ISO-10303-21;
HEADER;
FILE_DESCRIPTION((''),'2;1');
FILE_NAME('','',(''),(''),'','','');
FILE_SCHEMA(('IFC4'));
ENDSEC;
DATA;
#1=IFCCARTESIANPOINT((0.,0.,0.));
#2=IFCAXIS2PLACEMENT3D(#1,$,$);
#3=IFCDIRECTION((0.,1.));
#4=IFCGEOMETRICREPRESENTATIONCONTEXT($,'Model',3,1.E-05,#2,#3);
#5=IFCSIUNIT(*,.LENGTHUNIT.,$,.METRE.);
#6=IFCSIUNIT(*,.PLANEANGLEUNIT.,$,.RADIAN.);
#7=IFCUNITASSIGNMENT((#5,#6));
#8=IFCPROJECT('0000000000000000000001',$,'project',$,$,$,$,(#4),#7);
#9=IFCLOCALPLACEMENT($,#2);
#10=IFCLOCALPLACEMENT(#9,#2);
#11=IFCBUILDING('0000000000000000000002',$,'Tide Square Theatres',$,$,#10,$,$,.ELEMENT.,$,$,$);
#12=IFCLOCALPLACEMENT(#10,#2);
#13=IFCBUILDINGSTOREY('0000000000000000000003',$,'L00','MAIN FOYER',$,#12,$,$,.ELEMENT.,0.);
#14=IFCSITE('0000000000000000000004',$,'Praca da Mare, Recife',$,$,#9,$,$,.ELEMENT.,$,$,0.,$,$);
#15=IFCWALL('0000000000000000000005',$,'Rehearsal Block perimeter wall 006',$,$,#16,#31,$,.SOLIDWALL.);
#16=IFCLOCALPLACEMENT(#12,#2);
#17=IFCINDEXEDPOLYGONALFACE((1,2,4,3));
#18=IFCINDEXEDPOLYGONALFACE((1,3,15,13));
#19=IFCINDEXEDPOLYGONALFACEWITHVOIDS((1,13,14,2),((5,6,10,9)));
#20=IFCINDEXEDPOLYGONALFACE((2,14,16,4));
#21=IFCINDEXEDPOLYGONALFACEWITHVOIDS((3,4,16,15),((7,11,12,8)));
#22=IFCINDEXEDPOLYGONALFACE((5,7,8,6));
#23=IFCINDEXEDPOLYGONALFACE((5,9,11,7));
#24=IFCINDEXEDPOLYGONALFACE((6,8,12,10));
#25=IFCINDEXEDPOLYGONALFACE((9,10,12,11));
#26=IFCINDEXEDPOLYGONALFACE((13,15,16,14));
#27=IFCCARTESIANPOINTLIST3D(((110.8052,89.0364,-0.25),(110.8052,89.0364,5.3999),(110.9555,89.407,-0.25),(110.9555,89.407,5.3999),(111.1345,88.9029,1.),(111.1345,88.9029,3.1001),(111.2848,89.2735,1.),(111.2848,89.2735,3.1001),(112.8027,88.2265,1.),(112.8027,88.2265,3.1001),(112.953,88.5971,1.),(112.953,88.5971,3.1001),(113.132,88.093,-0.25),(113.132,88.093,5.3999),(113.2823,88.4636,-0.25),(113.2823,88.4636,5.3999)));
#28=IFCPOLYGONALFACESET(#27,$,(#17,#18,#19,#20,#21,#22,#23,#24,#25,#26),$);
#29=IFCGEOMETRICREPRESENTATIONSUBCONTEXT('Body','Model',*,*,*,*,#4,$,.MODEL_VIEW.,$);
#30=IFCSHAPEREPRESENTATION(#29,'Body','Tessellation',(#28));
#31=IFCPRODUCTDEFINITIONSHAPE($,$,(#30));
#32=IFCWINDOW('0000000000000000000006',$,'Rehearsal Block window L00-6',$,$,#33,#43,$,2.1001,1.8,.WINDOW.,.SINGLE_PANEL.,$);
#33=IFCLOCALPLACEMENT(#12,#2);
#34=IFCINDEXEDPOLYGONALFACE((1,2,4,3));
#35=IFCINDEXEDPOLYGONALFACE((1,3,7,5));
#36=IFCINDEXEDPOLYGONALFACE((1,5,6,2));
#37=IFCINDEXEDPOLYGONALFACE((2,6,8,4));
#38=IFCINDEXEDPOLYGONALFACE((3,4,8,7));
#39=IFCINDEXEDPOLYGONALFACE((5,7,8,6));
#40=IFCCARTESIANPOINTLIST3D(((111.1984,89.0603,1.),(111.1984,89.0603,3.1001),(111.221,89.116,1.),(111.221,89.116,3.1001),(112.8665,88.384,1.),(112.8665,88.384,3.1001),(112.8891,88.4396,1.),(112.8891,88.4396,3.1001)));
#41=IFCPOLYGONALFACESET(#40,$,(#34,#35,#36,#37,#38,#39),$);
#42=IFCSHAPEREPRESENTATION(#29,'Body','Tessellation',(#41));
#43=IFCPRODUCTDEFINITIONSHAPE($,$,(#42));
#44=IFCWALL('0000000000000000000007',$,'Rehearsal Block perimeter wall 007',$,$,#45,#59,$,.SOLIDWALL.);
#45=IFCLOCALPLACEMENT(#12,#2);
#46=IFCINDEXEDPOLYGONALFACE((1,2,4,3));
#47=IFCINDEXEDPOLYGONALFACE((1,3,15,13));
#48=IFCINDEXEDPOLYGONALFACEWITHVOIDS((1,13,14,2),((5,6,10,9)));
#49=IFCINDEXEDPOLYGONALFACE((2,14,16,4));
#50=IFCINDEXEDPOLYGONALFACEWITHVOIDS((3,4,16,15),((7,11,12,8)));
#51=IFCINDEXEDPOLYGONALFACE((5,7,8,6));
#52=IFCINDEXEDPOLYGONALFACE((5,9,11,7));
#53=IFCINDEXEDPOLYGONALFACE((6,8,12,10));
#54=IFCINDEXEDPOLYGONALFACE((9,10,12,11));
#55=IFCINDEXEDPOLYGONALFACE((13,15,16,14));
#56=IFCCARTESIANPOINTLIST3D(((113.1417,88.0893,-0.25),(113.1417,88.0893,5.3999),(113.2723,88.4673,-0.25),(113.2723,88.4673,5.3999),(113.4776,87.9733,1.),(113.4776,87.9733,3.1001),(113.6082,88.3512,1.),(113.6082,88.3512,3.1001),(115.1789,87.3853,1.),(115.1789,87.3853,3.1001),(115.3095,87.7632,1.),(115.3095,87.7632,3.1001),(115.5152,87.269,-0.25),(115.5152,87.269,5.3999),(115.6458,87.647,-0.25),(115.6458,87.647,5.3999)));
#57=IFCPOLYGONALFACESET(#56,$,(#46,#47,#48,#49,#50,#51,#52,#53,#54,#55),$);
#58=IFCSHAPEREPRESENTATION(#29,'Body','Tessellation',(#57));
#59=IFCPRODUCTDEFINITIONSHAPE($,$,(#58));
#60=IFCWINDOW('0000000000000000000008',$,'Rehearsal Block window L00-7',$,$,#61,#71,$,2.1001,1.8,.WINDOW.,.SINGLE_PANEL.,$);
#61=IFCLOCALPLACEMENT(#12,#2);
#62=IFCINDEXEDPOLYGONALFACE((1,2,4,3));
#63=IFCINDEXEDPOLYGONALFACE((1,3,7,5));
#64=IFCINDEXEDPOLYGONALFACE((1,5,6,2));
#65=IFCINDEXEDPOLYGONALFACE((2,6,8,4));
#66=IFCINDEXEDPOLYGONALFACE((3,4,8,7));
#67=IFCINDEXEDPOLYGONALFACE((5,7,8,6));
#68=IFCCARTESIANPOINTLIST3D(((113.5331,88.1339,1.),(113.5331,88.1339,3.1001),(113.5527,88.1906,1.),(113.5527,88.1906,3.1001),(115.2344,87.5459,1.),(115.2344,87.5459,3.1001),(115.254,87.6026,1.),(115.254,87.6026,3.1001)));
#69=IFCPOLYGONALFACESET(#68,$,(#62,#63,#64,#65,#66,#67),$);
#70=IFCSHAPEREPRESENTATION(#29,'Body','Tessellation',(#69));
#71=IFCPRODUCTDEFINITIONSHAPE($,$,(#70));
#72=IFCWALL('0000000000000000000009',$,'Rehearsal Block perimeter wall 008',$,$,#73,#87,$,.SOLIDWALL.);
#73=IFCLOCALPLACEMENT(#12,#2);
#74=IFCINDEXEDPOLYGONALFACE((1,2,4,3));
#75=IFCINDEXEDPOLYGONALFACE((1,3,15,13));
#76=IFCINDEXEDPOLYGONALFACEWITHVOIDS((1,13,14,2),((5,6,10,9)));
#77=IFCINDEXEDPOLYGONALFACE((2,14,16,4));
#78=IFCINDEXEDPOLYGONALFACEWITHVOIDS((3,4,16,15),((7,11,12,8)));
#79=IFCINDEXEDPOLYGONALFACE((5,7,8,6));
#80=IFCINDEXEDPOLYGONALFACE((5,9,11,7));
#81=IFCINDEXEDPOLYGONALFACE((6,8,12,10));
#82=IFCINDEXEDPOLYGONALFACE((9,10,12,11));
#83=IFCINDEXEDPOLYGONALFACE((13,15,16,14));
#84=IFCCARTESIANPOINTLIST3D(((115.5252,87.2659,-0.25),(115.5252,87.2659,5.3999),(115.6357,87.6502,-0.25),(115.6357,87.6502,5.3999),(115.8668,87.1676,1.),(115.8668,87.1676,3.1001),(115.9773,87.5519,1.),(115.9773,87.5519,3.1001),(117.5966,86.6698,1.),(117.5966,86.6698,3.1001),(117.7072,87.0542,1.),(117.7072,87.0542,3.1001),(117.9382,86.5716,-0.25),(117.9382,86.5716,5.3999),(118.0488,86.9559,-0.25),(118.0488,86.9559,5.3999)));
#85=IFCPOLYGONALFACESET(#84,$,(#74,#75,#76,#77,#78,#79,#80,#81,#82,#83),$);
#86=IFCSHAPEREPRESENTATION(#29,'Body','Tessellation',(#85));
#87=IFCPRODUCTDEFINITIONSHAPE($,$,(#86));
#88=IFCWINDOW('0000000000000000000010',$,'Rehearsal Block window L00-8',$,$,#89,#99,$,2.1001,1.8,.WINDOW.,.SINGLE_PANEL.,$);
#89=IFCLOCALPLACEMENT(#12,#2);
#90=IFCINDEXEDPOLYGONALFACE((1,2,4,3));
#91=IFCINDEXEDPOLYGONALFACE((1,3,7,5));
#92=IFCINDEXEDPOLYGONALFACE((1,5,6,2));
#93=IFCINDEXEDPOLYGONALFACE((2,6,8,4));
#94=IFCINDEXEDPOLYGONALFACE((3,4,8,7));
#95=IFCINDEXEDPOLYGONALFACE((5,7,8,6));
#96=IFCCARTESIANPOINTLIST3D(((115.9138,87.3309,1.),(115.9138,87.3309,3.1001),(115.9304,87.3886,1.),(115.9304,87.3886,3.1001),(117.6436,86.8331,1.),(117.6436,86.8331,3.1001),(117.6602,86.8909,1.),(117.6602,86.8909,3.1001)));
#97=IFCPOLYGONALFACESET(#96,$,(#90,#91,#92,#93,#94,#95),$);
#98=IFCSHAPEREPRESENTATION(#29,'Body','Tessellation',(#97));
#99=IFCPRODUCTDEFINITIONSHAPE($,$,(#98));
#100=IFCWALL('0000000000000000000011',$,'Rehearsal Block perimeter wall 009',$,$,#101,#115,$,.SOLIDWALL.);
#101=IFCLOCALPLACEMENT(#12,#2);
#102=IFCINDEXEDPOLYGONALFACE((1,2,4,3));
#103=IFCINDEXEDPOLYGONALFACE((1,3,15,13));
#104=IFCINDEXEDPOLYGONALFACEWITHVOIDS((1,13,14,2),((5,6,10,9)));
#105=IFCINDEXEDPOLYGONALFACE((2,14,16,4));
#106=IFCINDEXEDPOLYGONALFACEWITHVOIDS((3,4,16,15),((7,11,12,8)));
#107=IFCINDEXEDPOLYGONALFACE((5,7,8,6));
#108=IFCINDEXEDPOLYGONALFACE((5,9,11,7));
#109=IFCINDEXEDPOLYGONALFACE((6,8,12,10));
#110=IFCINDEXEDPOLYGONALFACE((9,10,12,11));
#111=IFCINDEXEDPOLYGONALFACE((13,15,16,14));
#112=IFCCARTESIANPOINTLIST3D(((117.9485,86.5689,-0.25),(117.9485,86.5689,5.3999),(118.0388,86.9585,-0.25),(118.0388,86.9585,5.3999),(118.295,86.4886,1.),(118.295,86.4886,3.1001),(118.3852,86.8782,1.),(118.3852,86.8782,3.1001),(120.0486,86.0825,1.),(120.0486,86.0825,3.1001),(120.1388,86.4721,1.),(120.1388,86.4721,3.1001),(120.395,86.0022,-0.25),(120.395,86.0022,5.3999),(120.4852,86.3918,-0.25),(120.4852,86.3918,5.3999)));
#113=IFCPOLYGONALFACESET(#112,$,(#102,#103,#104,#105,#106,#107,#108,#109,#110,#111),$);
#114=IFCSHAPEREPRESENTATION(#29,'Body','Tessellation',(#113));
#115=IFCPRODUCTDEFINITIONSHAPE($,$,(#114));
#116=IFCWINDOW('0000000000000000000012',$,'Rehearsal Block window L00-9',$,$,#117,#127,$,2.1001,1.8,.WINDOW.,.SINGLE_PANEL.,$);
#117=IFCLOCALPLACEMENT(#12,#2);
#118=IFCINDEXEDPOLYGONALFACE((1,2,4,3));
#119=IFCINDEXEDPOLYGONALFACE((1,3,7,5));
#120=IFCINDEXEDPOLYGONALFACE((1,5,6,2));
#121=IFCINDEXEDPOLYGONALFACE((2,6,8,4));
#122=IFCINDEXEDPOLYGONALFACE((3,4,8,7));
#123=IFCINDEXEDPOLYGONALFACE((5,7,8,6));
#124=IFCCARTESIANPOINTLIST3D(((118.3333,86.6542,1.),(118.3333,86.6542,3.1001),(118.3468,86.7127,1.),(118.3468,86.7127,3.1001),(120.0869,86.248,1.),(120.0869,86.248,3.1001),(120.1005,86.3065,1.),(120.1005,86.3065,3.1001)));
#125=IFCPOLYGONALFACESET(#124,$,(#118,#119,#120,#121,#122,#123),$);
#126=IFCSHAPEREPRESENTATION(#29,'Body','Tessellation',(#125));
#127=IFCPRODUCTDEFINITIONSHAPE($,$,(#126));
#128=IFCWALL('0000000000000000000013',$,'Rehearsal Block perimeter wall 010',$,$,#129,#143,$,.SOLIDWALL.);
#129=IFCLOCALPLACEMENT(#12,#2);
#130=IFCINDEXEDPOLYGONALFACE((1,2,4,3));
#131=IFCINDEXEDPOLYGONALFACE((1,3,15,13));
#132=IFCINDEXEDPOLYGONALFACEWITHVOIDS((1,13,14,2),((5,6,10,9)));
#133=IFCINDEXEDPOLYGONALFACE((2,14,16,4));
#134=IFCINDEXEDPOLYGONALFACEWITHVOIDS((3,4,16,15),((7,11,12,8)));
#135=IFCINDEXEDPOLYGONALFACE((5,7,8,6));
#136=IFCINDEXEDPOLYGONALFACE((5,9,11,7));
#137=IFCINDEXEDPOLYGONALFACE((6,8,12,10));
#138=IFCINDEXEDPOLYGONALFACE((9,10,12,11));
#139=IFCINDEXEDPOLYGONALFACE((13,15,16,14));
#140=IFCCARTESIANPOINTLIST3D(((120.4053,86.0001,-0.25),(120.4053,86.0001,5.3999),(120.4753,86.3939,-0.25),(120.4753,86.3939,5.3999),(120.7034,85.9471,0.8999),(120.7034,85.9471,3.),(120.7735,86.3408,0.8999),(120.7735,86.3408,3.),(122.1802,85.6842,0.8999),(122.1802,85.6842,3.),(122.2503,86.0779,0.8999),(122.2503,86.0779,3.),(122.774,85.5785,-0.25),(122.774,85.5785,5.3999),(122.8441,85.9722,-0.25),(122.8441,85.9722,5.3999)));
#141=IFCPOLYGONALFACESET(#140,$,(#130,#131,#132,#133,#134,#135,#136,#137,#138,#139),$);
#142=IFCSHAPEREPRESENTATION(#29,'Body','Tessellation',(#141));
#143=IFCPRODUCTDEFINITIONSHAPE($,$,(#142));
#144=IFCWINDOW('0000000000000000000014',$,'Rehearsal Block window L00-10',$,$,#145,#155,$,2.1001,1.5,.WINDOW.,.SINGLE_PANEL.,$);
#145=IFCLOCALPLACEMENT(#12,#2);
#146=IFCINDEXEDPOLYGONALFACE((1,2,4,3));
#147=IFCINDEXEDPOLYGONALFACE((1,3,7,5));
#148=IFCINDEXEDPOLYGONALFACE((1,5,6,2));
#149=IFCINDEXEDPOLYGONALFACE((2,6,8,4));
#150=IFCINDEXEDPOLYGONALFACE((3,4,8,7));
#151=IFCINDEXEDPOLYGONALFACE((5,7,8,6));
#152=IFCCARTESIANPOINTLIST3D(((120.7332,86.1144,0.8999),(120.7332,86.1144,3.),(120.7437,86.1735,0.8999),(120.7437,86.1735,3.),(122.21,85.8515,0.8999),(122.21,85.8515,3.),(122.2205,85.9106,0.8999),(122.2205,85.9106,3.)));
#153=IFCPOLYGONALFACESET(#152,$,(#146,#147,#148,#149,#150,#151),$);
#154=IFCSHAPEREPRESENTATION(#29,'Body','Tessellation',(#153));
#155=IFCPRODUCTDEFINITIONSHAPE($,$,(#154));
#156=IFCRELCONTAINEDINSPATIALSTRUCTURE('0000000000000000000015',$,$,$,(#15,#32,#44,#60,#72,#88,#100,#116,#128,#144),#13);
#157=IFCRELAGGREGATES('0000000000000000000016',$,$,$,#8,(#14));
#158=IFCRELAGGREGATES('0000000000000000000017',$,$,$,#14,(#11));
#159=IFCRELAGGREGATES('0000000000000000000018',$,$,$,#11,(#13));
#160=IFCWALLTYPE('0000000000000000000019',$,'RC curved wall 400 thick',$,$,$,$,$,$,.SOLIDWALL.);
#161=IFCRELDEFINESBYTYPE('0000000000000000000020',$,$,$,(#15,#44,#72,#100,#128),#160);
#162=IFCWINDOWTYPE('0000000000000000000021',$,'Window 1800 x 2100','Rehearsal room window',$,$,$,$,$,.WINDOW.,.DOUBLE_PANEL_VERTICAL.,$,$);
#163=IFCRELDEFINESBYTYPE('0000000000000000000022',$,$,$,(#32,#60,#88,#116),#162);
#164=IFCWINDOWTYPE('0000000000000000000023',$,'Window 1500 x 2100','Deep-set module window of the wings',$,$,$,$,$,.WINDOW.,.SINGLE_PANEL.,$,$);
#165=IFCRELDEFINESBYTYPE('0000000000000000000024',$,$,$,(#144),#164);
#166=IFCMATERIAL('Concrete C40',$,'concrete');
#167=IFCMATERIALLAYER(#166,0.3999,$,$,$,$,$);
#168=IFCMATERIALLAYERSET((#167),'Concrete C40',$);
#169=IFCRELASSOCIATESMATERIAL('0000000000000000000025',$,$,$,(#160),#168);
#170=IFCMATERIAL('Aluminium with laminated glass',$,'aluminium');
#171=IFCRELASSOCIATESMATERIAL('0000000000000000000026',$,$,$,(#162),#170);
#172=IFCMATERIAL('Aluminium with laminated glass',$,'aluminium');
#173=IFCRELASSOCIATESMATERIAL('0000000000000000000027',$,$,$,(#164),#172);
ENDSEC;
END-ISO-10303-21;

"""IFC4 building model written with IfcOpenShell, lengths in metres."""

from ifc_helpers import new_model, si_unit, direction, frame, frame_2d, origin, place, context, subcontext, project, spatial, rectangle, extrude, material, layer, layer_set, type_object, element, fill, save


model = new_model("IFC4")

# Units and contexts
model_context = context("Model", 3, precision=1e-05, world=origin(), true_north=direction((0.0, 1.0)))
body_context = subcontext(model_context, "Body", "Model", "MODEL_VIEW")
ifc_project = project(units=[si_unit("LENGTHUNIT", "METRE"), si_unit("PLANEANGLEUNIT", "RADIAN")], contexts=[model_context])

# Site, building, storey
site_placement = place(None, origin())
site = spatial("IfcSite", under=ifc_project, at=site_placement, Name="Praca da Mare, Recife", CompositionType="ELEMENT", RefElevation=0.0)
building_placement = place(site_placement, origin())
building = spatial("IfcBuilding", under=site, at=building_placement, Name="Tide Square Theatres", CompositionType="ELEMENT")
storey_placement = place(building_placement, origin())
storey = spatial("IfcBuildingStorey", under=building, at=storey_placement, Name="L00", Description="MAIN FOYER", CompositionType="ELEMENT", Elevation=0.0)

# Shared definitions
ifc_material_1 = material(Name="Concrete C40", Category="concrete")
ifc_layer_1 = layer(ifc_material_1, 0.3999)
ifc_layer_set_1 = layer_set([ifc_layer_1], Name="Concrete C40")
wall_type_1 = type_object("IfcWallType", Name="RC curved wall 400 thick", PredefinedType="SOLIDWALL", material=ifc_layer_set_1)

# Walls, openings, windows
wall_1_placement = place(storey_placement, frame((110.8804, 89.2217, -0.25), z_axis=(0.0, 0.0, 1.0), x_axis=(0.926723, -0.375746, 0.0)))
wall_1 = element("IfcWall", 1, at=wall_1_placement, inside=storey, type_object=wall_type_1, Name="Rehearsal Block perimeter wall 006", PredefinedType="SOLIDWALL", context=body_context, shape_type="SweptSolid", body=[
    extrude(rectangle(XDim=2.5107, YDim=0.3999, at=frame_2d((1.2554, 0.0))), origin(), (0.0, 0.0, 1.0), 5.6499),
])
opening_1_placement = place(wall_1_placement, frame((0.3555, 0.0, 1.25)))
opening_1 = element("IfcOpeningElement", 2, at=opening_1_placement, cuts=wall_1, PredefinedType="OPENING", context=body_context, shape_type="SweptSolid", body=[
    extrude(rectangle(XDim=1.8, YDim=2.1001, at=frame_2d((0.8999, 1.05))), frame((0.0, 0.21, 0.0), z_axis=(0.0, -1.0, 0.0), x_axis=(1.0, 0.0, 0.0)), (0.0, 0.0, 1.0), 0.4199),
])
ifc_material_2 = material(Name="Aluminium with laminated glass", Category="aluminium")
window_type_1 = type_object("IfcWindowType", Name="Window 1800 x 2100", Description="Rehearsal room window", PartitioningType="DOUBLE_PANEL_VERTICAL", PredefinedType="WINDOW", material=ifc_material_2)
window_1_placement = place(opening_1_placement, origin())
window_1 = element("IfcWindow", 3, at=window_1_placement, inside=storey, type_object=window_type_1, Name="Rehearsal Block window L00-6", OverallHeight=2.1001, OverallWidth=1.8, PartitioningType="SINGLE_PANEL", PredefinedType="WINDOW", context=body_context, shape_type="SweptSolid", body=[
    extrude(rectangle(XDim=1.8, YDim=2.1001, at=frame_2d((0.8999, 1.05))), frame((0.0, 0.03, 0.0), z_axis=(0.0, -1.0, 0.0), x_axis=(1.0, 0.0, 0.0)), (0.0, 0.0, 1.0), 0.0601),
])
fill(opening_1, window_1)
wall_2_placement = place(storey_placement, frame((113.207, 88.2783, -0.25), z_axis=(0.0, 0.0, 1.0), x_axis=(0.945145, -0.32665, 0.0)))
wall_2 = element("IfcWall", 4, at=wall_2_placement, inside=storey, type_object=wall_type_1, Name="Rehearsal Block perimeter wall 007", PredefinedType="SOLIDWALL", context=body_context, shape_type="SweptSolid", body=[
    extrude(rectangle(XDim=2.5112, YDim=0.3999, at=frame_2d((1.2556, 0.0))), origin(), (0.0, 0.0, 1.0), 5.6499),
])
opening_2_placement = place(wall_2_placement, frame((0.3555, 0.0, 1.25)))
opening_2 = element("IfcOpeningElement", 5, at=opening_2_placement, cuts=wall_2, PredefinedType="OPENING", context=body_context, shape_type="SweptSolid", body=[
    extrude(rectangle(XDim=1.8, YDim=2.1001, at=frame_2d((0.8999, 1.05))), frame((0.0, 0.21, 0.0), z_axis=(0.0, -1.0, 0.0), x_axis=(1.0, 0.0, 0.0)), (0.0, 0.0, 1.0), 0.4199),
])
window_2_placement = place(opening_2_placement, origin())
window_2 = element("IfcWindow", 6, at=window_2_placement, inside=storey, type_object=window_type_1, Name="Rehearsal Block window L00-7", OverallHeight=2.1001, OverallWidth=1.8, PartitioningType="SINGLE_PANEL", PredefinedType="WINDOW", context=body_context, shape_type="SweptSolid", body=[
    extrude(rectangle(XDim=1.8, YDim=2.1001, at=frame_2d((0.8999, 1.05))), frame((0.0, 0.03, 0.0), z_axis=(0.0, -1.0, 0.0), x_axis=(1.0, 0.0, 0.0)), (0.0, 0.0, 1.0), 0.0601),
])
fill(opening_2, window_2)
wall_3_placement = place(storey_placement, frame((115.5806, 87.458, -0.25), z_axis=(0.0, 0.0, 1.0), x_axis=(0.961009, -0.276518, 0.0)))
wall_3 = element("IfcWall", 7, at=wall_3_placement, inside=storey, type_object=wall_type_1, Name="Rehearsal Block perimeter wall 008", PredefinedType="SOLIDWALL", context=body_context, shape_type="SweptSolid", body=[
    extrude(rectangle(XDim=2.511, YDim=0.3999, at=frame_2d((1.2554, 0.0))), origin(), (0.0, 0.0, 1.0), 5.6499),
])
opening_3_placement = place(wall_3_placement, frame((0.3555, 0.0, 1.25)))
opening_3 = element("IfcOpeningElement", 8, at=opening_3_placement, cuts=wall_3, PredefinedType="OPENING", context=body_context, shape_type="SweptSolid", body=[
    extrude(rectangle(XDim=1.8, YDim=2.1001, at=frame_2d((0.8999, 1.05))), frame((0.0, 0.21, 0.0), z_axis=(0.0, -1.0, 0.0), x_axis=(1.0, 0.0, 0.0)), (0.0, 0.0, 1.0), 0.4199),
])
window_3_placement = place(opening_3_placement, origin())
window_3 = element("IfcWindow", 9, at=window_3_placement, inside=storey, type_object=window_type_1, Name="Rehearsal Block window L00-8", OverallHeight=2.1001, OverallWidth=1.8, PartitioningType="SINGLE_PANEL", PredefinedType="WINDOW", context=body_context, shape_type="SweptSolid", body=[
    extrude(rectangle(XDim=1.8, YDim=2.1001, at=frame_2d((0.8999, 1.05))), frame((0.0, 0.03, 0.0), z_axis=(0.0, -1.0, 0.0), x_axis=(1.0, 0.0, 0.0)), (0.0, 0.0, 1.0), 0.0601),
])
fill(opening_3, window_3)
wall_4_placement = place(storey_placement, frame((117.9937, 86.7637, -0.25), z_axis=(0.0, 0.0, 1.0), x_axis=(0.974211, -0.22564, 0.0)))
wall_4 = element("IfcWall", 10, at=wall_4_placement, inside=storey, type_object=wall_type_1, Name="Rehearsal Block perimeter wall 009", PredefinedType="SOLIDWALL", context=body_context, shape_type="SweptSolid", body=[
    extrude(rectangle(XDim=2.5112, YDim=0.3999, at=frame_2d((1.2556, 0.0))), origin(), (0.0, 0.0, 1.0), 5.6499),
])
opening_4_placement = place(wall_4_placement, frame((0.3557, 0.0, 1.25)))
opening_4 = element("IfcOpeningElement", 11, at=opening_4_placement, cuts=wall_4, PredefinedType="OPENING", context=body_context, shape_type="SweptSolid", body=[
    extrude(rectangle(XDim=1.8, YDim=2.1001, at=frame_2d((0.8999, 1.05))), frame((0.0, 0.21, 0.0), z_axis=(0.0, -1.0, 0.0), x_axis=(1.0, 0.0, 0.0)), (0.0, 0.0, 1.0), 0.4199),
])
window_4_placement = place(opening_4_placement, origin())
window_4 = element("IfcWindow", 12, at=window_4_placement, inside=storey, type_object=window_type_1, Name="Rehearsal Block window L00-9", OverallHeight=2.1001, OverallWidth=1.8, PartitioningType="SINGLE_PANEL", PredefinedType="WINDOW", context=body_context, shape_type="SweptSolid", body=[
    extrude(rectangle(XDim=1.8, YDim=2.1001, at=frame_2d((0.8999, 1.05))), frame((0.0, 0.03, 0.0), z_axis=(0.0, -1.0, 0.0), x_axis=(1.0, 0.0, 0.0)), (0.0, 0.0, 1.0), 0.0601),
])
fill(opening_4, window_4)
wall_5_placement = place(storey_placement, frame((120.4402, 86.197, -0.25), z_axis=(0.0, 0.0, 1.0), x_axis=(0.984524, -0.17525, 0.0)))
wall_5 = element("IfcWall", 13, at=wall_5_placement, inside=storey, type_object=wall_type_1, Name="Rehearsal Block perimeter wall 010", PredefinedType="SOLIDWALL", context=body_context, shape_type="SweptSolid", body=[
    extrude(rectangle(XDim=2.406, YDim=0.3999, at=frame_2d((1.2031, 0.0))), origin(), (0.0, 0.0, 1.0), 5.6499),
])
opening_5_placement = place(wall_5_placement, frame((0.303, 0.0, 1.1499)))
opening_5 = element("IfcOpeningElement", 14, at=opening_5_placement, cuts=wall_5, PredefinedType="OPENING", context=body_context, shape_type="SweptSolid", body=[
    extrude(rectangle(XDim=1.5, YDim=2.1001, at=frame_2d((0.75, 1.05))), frame((0.0, 0.21, 0.0), z_axis=(0.0, -1.0, 0.0), x_axis=(1.0, 0.0, 0.0)), (0.0, 0.0, 1.0), 0.4199),
])
ifc_material_3 = material(Name="Aluminium with laminated glass", Category="aluminium")
window_type_2 = type_object("IfcWindowType", Name="Window 1500 x 2100", Description="Deep-set module window of the wings", PartitioningType="SINGLE_PANEL", PredefinedType="WINDOW", material=ifc_material_3)
window_5_placement = place(opening_5_placement, origin())
window_5 = element("IfcWindow", 15, at=window_5_placement, inside=storey, type_object=window_type_2, Name="Rehearsal Block window L00-10", OverallHeight=2.1001, OverallWidth=1.5, PartitioningType="SINGLE_PANEL", PredefinedType="WINDOW", context=body_context, shape_type="SweptSolid", body=[
    extrude(rectangle(XDim=1.5, YDim=2.1001, at=frame_2d((0.75, 1.05))), frame((0.0, 0.03, 0.0), z_axis=(0.0, -1.0, 0.0), x_axis=(1.0, 0.0, 0.0)), (0.0, 0.0, 1.0), 0.0601),
])
fill(opening_5, window_5)

save(model, "model.ifc")
